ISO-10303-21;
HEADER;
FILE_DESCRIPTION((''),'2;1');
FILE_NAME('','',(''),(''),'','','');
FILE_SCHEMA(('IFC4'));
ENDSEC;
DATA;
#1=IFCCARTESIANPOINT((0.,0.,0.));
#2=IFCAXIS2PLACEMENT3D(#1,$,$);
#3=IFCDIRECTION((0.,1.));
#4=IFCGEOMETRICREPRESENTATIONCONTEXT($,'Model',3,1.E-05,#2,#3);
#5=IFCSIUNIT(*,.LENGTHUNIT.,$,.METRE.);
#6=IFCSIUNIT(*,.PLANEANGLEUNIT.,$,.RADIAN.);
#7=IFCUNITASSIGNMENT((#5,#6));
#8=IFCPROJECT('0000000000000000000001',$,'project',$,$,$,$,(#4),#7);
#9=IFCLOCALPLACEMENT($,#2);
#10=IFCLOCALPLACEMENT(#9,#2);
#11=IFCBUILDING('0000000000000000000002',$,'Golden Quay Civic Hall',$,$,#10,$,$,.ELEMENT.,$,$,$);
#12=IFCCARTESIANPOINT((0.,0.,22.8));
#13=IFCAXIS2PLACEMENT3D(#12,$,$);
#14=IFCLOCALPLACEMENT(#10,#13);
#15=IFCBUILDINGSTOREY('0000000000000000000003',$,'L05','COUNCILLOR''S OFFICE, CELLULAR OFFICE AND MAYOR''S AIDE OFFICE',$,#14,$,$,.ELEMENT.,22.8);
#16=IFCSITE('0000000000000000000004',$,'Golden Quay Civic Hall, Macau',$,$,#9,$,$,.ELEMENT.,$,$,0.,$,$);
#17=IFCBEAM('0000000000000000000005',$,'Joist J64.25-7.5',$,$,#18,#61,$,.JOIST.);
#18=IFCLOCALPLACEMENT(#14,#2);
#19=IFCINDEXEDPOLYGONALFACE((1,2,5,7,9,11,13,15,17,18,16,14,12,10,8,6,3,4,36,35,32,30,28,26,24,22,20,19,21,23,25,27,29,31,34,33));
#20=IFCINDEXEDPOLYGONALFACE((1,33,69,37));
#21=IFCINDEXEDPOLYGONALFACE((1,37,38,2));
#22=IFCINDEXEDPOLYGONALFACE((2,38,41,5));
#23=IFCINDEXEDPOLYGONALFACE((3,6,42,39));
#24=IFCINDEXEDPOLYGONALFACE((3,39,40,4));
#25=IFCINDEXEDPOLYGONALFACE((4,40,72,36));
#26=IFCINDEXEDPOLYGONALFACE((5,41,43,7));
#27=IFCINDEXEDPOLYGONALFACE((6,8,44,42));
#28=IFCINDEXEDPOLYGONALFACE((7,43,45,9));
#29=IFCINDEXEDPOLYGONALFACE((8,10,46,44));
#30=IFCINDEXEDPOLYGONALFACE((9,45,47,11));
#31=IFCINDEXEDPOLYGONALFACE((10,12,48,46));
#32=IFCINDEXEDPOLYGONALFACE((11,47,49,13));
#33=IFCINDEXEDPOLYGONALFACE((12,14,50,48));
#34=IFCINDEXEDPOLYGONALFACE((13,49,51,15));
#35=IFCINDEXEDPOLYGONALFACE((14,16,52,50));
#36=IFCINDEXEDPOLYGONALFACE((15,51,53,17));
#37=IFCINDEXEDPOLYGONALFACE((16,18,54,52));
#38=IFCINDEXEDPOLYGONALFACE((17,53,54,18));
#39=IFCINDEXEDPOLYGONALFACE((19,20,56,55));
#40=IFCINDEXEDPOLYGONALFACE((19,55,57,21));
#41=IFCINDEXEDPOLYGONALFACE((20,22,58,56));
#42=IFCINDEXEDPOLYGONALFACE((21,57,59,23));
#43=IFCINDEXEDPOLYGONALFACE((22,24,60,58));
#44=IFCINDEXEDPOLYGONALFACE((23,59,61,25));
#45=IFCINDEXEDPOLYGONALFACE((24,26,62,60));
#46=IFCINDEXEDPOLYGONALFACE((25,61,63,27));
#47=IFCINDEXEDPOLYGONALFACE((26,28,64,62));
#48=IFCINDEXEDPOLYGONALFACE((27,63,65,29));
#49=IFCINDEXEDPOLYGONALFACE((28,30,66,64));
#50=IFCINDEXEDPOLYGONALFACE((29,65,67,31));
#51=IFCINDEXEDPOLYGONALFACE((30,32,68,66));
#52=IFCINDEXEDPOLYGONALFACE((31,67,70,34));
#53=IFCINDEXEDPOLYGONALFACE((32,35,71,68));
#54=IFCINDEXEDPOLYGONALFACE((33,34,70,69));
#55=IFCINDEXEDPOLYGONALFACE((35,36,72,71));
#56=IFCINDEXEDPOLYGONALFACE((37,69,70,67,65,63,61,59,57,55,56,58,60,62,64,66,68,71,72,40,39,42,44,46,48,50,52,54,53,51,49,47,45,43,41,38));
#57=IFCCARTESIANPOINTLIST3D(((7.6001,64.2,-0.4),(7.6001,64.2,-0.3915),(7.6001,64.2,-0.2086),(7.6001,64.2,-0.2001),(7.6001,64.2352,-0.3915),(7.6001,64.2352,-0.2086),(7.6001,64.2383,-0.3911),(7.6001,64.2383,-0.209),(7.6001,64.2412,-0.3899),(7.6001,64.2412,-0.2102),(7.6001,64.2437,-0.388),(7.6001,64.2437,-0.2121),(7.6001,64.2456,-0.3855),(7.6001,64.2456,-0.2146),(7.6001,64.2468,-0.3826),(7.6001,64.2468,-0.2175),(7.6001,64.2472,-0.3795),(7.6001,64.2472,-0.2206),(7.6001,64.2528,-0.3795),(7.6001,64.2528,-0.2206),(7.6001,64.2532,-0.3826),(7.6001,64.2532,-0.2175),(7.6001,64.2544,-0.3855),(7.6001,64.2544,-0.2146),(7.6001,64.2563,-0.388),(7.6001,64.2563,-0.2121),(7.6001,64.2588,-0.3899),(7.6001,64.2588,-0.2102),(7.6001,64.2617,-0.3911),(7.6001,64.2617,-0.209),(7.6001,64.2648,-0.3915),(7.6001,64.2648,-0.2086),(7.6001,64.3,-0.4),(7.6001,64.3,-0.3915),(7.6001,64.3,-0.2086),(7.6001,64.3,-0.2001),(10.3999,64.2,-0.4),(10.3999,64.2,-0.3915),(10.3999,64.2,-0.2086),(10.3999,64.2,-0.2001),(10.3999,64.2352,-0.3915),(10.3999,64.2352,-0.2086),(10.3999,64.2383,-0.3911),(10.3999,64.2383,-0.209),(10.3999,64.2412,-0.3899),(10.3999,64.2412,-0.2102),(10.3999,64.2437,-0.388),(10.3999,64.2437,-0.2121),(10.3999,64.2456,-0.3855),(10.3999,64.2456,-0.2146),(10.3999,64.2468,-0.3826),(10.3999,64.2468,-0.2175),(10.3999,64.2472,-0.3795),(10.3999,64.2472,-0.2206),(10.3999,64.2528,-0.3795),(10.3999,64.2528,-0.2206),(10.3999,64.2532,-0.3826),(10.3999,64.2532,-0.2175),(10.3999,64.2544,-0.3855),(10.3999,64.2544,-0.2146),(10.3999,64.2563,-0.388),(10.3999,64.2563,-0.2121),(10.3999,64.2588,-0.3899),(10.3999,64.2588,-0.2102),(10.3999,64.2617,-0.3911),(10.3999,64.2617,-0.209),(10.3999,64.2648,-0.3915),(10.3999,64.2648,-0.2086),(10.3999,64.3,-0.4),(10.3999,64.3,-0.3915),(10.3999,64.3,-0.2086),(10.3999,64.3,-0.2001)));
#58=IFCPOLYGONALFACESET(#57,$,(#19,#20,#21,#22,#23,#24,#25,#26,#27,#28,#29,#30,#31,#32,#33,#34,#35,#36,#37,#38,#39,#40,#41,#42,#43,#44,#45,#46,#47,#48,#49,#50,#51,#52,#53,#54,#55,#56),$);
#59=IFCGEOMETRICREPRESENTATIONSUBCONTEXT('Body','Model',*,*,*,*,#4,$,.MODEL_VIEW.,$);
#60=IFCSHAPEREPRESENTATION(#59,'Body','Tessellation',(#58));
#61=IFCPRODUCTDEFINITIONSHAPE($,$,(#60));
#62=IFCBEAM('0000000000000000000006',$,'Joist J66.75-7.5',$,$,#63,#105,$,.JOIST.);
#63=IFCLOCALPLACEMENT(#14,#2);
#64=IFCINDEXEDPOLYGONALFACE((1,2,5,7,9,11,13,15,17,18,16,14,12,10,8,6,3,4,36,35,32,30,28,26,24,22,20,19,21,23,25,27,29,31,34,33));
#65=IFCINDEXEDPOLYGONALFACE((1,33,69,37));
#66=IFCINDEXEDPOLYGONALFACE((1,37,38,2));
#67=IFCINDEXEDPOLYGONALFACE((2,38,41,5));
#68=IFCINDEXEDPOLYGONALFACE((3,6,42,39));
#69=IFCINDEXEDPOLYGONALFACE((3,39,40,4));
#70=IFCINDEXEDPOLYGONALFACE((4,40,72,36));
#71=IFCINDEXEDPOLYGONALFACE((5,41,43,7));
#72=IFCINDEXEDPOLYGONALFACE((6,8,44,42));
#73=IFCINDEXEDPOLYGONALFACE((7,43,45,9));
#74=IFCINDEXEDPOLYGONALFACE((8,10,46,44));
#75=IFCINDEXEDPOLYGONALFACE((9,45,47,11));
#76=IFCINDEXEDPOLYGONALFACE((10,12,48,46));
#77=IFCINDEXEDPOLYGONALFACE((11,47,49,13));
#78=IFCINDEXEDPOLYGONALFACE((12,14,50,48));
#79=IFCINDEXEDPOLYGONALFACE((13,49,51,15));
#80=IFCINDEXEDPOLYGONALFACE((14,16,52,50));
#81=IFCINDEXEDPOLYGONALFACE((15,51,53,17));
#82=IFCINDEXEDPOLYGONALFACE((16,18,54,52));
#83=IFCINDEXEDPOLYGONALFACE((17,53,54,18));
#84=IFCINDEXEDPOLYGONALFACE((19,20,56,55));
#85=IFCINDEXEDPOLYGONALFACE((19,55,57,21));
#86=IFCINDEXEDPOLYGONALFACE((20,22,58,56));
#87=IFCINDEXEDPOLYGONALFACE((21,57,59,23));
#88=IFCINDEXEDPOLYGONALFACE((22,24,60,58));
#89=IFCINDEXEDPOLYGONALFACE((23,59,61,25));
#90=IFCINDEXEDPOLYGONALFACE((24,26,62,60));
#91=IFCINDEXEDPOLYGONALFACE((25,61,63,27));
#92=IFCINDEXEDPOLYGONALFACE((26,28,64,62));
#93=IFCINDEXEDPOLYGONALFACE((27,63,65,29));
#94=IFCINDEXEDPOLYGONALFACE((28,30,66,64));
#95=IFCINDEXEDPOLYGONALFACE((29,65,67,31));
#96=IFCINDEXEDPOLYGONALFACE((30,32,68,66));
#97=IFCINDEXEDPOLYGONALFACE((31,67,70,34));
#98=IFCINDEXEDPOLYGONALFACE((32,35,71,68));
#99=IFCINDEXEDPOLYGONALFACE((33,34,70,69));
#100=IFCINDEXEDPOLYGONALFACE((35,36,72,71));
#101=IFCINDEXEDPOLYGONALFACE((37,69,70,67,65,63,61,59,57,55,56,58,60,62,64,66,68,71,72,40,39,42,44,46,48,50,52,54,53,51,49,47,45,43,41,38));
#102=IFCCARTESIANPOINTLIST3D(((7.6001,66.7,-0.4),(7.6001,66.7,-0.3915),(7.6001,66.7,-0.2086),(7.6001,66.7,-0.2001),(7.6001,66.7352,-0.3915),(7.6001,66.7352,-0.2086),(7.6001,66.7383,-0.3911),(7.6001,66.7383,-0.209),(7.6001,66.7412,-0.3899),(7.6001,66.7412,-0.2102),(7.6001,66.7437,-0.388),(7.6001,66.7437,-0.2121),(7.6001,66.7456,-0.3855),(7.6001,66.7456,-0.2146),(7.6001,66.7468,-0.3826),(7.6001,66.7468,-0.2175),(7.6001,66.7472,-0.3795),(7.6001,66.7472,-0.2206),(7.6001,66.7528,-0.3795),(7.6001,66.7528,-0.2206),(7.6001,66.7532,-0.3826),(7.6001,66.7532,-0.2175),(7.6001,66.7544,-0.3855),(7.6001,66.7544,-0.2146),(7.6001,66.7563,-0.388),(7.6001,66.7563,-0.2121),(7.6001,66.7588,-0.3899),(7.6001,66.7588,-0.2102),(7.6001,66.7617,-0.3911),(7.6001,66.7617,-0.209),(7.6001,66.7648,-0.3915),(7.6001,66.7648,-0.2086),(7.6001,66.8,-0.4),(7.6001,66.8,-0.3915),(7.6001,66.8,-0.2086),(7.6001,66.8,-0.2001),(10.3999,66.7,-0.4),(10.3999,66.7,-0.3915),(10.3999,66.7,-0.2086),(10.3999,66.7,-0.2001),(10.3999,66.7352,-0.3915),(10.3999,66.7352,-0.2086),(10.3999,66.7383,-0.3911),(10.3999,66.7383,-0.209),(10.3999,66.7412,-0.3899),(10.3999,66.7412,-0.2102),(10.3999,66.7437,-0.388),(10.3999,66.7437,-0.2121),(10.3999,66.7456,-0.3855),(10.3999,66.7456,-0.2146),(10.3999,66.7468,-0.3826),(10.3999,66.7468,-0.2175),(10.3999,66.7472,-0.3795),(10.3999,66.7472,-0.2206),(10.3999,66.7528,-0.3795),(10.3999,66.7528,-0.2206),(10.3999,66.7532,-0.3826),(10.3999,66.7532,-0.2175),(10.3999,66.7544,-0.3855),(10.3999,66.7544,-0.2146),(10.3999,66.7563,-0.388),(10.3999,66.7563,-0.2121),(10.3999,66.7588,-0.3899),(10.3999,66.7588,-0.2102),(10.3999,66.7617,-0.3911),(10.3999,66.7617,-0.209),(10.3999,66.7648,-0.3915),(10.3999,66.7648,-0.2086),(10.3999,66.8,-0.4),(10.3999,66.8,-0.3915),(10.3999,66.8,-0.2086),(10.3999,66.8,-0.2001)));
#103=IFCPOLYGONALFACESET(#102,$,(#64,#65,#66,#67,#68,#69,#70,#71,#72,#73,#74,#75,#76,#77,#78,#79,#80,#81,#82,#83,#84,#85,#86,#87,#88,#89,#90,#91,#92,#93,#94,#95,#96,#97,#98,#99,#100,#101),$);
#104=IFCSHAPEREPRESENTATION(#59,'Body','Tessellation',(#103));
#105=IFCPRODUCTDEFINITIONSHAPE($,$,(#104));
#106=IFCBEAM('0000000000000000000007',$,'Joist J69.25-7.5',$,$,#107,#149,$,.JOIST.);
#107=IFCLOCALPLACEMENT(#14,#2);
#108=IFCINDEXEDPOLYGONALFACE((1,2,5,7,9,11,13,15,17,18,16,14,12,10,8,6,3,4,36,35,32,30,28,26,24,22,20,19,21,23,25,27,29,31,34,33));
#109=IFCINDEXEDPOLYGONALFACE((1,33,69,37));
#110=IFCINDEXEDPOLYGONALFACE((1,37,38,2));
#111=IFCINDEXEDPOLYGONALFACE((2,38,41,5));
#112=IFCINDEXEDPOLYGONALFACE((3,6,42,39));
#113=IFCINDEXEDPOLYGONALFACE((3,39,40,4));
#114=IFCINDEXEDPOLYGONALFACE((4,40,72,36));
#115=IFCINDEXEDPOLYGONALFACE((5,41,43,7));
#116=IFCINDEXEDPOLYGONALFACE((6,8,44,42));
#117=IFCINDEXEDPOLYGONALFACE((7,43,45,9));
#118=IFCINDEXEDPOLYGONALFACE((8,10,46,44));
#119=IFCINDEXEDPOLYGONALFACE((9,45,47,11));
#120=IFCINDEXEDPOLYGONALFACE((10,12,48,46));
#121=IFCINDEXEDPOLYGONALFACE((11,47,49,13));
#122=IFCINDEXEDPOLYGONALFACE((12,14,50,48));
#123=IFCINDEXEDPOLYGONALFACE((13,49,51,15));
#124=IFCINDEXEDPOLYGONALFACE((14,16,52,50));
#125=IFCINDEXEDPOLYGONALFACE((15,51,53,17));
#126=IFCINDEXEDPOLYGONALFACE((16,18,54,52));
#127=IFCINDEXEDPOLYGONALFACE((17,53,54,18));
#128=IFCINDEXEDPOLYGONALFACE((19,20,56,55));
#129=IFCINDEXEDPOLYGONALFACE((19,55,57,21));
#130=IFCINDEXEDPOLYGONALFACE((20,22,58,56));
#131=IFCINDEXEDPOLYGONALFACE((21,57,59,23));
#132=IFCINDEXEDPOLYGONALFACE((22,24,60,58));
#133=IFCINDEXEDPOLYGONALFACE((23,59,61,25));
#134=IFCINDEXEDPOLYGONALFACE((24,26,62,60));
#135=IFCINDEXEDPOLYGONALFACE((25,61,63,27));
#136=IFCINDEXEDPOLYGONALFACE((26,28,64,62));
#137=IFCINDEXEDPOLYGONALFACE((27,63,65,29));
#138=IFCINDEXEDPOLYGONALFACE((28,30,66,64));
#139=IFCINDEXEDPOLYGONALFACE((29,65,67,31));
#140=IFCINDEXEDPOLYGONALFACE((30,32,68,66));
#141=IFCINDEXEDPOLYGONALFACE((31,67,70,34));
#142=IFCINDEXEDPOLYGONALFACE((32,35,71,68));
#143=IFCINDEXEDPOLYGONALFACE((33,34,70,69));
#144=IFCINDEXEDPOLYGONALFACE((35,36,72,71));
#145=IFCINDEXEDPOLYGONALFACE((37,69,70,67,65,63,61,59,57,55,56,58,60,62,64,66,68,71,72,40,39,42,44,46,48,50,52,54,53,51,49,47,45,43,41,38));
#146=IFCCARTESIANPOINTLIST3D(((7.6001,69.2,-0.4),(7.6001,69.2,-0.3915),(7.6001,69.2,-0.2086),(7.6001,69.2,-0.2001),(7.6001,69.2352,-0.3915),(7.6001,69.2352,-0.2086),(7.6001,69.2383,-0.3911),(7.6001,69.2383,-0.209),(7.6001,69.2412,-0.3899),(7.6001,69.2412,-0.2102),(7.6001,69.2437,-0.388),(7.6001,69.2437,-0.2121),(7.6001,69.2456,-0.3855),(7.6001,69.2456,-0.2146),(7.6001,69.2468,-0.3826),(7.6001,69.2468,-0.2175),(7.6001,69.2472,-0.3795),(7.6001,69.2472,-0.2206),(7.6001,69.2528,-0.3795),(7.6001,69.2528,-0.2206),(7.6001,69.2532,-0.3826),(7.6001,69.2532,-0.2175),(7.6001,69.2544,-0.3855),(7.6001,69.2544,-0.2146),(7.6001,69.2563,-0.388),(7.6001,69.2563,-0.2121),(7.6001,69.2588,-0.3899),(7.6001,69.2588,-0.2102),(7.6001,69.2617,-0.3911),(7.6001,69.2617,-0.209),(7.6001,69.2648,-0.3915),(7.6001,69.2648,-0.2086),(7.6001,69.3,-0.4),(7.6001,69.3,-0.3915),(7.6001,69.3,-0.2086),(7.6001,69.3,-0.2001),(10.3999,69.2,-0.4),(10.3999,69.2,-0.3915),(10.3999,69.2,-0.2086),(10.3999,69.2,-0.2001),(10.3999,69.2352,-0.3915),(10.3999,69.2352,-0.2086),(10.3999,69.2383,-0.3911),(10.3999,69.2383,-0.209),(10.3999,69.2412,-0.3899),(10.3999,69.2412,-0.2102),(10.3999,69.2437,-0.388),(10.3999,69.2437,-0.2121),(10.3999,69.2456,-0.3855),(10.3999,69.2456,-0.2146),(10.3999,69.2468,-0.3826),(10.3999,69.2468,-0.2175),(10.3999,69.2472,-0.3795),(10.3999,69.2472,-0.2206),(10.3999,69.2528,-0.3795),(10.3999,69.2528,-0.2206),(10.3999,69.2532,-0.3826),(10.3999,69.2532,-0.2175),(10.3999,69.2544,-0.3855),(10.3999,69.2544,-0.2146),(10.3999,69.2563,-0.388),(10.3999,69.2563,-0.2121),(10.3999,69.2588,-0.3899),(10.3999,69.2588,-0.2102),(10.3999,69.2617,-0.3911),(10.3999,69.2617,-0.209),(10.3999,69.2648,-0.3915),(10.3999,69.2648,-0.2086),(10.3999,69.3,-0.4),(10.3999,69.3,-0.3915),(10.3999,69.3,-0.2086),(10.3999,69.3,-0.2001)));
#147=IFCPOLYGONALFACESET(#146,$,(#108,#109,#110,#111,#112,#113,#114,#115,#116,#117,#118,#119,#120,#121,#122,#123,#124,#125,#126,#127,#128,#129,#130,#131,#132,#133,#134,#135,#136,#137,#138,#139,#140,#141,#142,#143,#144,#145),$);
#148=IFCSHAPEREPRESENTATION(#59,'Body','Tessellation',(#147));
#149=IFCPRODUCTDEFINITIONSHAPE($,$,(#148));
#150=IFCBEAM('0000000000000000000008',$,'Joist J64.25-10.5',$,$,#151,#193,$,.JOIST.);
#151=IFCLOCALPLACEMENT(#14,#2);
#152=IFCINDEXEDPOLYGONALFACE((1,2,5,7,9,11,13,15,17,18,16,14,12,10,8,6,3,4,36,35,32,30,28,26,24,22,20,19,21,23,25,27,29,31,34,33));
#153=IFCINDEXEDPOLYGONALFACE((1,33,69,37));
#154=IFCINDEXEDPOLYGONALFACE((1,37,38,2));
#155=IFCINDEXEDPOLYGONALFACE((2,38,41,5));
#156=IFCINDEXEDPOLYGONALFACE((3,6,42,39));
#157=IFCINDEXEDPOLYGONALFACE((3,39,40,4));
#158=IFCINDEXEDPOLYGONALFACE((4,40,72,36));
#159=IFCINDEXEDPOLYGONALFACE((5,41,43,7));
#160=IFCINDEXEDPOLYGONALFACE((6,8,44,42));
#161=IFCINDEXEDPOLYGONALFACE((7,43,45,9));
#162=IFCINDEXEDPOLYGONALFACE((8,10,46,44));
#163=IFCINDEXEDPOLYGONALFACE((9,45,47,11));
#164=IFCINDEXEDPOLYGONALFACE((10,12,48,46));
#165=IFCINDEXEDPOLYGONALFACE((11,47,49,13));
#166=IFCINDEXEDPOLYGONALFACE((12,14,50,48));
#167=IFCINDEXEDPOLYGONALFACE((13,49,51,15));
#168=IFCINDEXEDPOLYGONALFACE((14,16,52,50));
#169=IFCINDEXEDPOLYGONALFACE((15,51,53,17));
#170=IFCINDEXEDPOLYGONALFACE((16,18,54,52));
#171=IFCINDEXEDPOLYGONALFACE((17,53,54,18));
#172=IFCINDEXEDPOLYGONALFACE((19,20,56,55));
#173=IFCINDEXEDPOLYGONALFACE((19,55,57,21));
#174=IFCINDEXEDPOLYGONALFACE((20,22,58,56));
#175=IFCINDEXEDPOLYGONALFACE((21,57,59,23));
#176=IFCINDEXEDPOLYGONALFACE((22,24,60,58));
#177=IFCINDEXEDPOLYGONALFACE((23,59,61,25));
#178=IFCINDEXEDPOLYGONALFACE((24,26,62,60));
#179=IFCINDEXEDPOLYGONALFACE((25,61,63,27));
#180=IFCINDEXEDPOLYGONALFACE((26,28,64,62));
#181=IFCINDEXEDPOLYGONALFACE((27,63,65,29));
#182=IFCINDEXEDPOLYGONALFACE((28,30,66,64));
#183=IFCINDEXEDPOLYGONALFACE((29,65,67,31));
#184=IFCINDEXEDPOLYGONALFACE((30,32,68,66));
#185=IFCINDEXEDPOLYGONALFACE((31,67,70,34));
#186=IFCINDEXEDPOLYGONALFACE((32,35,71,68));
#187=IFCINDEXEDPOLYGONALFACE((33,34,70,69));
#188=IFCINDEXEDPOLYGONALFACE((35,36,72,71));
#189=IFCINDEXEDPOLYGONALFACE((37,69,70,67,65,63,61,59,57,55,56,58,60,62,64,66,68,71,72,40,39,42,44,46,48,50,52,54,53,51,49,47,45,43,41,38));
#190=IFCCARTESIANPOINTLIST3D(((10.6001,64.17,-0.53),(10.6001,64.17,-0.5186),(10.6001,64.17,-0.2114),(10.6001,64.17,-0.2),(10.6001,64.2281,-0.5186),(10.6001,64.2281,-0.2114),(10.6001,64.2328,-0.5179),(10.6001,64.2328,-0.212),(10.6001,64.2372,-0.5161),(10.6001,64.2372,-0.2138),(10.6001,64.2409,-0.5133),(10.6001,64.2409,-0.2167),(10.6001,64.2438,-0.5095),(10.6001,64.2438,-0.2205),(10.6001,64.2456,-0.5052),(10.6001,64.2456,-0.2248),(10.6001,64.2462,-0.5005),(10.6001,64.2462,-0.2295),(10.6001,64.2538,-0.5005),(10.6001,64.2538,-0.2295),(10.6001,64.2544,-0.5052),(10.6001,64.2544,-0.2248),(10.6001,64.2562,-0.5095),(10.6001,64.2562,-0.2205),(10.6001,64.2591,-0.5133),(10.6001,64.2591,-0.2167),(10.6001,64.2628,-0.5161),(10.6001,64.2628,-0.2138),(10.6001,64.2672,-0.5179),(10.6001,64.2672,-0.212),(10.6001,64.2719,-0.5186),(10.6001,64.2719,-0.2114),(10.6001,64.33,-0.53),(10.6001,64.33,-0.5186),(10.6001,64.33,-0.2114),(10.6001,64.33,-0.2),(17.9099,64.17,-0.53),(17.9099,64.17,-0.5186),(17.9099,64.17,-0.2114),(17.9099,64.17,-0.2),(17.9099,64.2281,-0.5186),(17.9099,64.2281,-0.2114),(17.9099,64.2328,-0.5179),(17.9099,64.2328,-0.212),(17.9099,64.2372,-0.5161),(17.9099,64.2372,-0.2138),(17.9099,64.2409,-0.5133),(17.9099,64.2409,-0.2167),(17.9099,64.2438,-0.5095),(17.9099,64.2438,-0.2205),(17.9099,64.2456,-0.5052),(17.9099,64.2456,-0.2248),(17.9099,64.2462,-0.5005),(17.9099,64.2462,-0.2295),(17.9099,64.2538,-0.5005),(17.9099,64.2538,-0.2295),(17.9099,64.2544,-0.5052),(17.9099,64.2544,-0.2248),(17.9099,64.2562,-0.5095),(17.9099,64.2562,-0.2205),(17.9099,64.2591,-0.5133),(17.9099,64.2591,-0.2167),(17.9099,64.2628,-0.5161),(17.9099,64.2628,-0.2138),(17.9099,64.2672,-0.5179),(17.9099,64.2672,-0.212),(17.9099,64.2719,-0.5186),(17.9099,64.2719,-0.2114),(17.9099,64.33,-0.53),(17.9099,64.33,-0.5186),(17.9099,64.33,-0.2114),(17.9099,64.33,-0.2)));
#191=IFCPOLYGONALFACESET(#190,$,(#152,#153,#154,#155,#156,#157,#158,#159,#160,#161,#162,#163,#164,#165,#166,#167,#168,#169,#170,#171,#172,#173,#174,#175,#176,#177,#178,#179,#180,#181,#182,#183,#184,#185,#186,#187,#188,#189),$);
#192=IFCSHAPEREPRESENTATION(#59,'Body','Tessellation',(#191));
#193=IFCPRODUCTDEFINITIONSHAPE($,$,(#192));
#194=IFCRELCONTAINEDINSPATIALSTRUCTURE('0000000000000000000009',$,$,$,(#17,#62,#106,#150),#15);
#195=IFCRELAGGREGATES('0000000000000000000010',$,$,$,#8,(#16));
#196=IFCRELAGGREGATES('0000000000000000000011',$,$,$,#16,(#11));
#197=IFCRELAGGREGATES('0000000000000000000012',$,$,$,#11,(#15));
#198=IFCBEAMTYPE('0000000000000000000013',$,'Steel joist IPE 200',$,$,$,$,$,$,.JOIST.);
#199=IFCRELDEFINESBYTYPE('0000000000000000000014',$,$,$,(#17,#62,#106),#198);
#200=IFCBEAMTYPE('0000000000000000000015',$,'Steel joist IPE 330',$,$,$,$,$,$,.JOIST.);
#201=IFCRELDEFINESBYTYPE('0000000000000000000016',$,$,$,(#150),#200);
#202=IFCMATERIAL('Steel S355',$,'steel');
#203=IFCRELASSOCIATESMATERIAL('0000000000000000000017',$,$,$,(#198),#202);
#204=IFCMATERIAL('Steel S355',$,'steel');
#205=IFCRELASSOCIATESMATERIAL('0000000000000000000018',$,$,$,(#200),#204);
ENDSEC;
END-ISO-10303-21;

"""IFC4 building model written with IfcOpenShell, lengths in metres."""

from ifc_helpers import new_model, si_unit, direction, frame, origin, origin_2d, place, context, subcontext, project, spatial, i_section, extrude, material, material_profile, profile_set, type_object, element, save


model = new_model("IFC4")

# Units and contexts
model_context = context("Model", 3, precision=1e-05, world=origin(), true_north=direction((0.0, 1.0)))
body_context = subcontext(model_context, "Body", "Model", "MODEL_VIEW")
ifc_project = project(units=[si_unit("LENGTHUNIT", "METRE"), si_unit("PLANEANGLEUNIT", "RADIAN")], contexts=[model_context])

# Site, building, storey
site_placement = place(None, origin())
site = spatial("IfcSite", under=ifc_project, at=site_placement, Name="Golden Quay Civic Hall, Macau", CompositionType="ELEMENT", RefElevation=0.0)
building_placement = place(site_placement, origin())
building = spatial("IfcBuilding", under=site, at=building_placement, Name="Golden Quay Civic Hall", CompositionType="ELEMENT")
storey_placement = place(building_placement, frame((0.0, 0.0, 22.8)))
storey = spatial("IfcBuildingStorey", under=building, at=storey_placement, Name="L05", Description="COUNCILLOR'S OFFICE, CELLULAR OFFICE AND MAYOR'S AIDE OFFICE", CompositionType="ELEMENT", Elevation=22.8)

# Beams
ifc_material_1 = material(Name="Steel S355", Category="steel")
ifc_material_profile_1 = material_profile(ifc_material_1, i_section(OverallWidth=0.1001, OverallDepth=0.2, WebThickness=0.0056, FlangeThickness=0.0085, FilletRadius=0.012, at=origin_2d()), Name="IPE 200")
ifc_profile_set_1 = profile_set([ifc_material_profile_1], Name="Steel S355")
beam_type_1 = type_object("IfcBeamType", Name="Steel joist IPE 200", PredefinedType="JOIST", material=ifc_profile_set_1)
for number, where, z_axis, x_axis, name in (
    (1, (7.6001, 64.25, -0.3), (1.0, 0.0, 0.0), (0.0, 1.0, 0.0), "Joist J64.25-7.5"),
    (2, (7.6001, 66.75, -0.3), (1.0, 0.0, 0.0), (0.0, 1.0, 0.0), "Joist J66.75-7.5"),
    (3, (7.6001, 69.25, -0.3), (1.0, 0.0, 0.0), (0.0, 1.0, 0.0), "Joist J69.25-7.5"),
):
    element("IfcBeam", number, at=place(storey_placement, frame(where, z_axis=z_axis, x_axis=x_axis)), inside=storey, type_object=beam_type_1, Name=name, PredefinedType="JOIST", context=body_context, shape_type="SweptSolid", body=[
        extrude(i_section(OverallWidth=0.1001, OverallDepth=0.2, WebThickness=0.0056, FlangeThickness=0.0085, FilletRadius=0.012, at=origin_2d()), origin(), (0.0, 0.0, 1.0), 2.7998),
    ])
ifc_material_2 = material(Name="Steel S355", Category="steel")
ifc_material_profile_2 = material_profile(ifc_material_2, i_section(OverallWidth=0.1599, OverallDepth=0.3301, WebThickness=0.0076, FlangeThickness=0.0115, FilletRadius=0.0181, at=origin_2d()), Name="IPE 330")
ifc_profile_set_2 = profile_set([ifc_material_profile_2], Name="Steel S355")
beam_type_2 = type_object("IfcBeamType", Name="Steel joist IPE 330", PredefinedType="JOIST", material=ifc_profile_set_2)
for number, where, z_axis, x_axis, name in (
    (4, (10.6001, 64.25, -0.365), (1.0, 0.0, 0.0), (0.0, 1.0, 0.0), "Joist J64.25-10.5"),
):
    element("IfcBeam", number, at=place(storey_placement, frame(where, z_axis=z_axis, x_axis=x_axis)), inside=storey, type_object=beam_type_2, Name=name, PredefinedType="JOIST", context=body_context, shape_type="SweptSolid", body=[
        extrude(i_section(OverallWidth=0.1599, OverallDepth=0.3301, WebThickness=0.0076, FlangeThickness=0.0115, FilletRadius=0.0181, at=origin_2d()), origin(), (0.0, 0.0, 1.0), 7.3098),
    ])

save(model, "model.ifc")
